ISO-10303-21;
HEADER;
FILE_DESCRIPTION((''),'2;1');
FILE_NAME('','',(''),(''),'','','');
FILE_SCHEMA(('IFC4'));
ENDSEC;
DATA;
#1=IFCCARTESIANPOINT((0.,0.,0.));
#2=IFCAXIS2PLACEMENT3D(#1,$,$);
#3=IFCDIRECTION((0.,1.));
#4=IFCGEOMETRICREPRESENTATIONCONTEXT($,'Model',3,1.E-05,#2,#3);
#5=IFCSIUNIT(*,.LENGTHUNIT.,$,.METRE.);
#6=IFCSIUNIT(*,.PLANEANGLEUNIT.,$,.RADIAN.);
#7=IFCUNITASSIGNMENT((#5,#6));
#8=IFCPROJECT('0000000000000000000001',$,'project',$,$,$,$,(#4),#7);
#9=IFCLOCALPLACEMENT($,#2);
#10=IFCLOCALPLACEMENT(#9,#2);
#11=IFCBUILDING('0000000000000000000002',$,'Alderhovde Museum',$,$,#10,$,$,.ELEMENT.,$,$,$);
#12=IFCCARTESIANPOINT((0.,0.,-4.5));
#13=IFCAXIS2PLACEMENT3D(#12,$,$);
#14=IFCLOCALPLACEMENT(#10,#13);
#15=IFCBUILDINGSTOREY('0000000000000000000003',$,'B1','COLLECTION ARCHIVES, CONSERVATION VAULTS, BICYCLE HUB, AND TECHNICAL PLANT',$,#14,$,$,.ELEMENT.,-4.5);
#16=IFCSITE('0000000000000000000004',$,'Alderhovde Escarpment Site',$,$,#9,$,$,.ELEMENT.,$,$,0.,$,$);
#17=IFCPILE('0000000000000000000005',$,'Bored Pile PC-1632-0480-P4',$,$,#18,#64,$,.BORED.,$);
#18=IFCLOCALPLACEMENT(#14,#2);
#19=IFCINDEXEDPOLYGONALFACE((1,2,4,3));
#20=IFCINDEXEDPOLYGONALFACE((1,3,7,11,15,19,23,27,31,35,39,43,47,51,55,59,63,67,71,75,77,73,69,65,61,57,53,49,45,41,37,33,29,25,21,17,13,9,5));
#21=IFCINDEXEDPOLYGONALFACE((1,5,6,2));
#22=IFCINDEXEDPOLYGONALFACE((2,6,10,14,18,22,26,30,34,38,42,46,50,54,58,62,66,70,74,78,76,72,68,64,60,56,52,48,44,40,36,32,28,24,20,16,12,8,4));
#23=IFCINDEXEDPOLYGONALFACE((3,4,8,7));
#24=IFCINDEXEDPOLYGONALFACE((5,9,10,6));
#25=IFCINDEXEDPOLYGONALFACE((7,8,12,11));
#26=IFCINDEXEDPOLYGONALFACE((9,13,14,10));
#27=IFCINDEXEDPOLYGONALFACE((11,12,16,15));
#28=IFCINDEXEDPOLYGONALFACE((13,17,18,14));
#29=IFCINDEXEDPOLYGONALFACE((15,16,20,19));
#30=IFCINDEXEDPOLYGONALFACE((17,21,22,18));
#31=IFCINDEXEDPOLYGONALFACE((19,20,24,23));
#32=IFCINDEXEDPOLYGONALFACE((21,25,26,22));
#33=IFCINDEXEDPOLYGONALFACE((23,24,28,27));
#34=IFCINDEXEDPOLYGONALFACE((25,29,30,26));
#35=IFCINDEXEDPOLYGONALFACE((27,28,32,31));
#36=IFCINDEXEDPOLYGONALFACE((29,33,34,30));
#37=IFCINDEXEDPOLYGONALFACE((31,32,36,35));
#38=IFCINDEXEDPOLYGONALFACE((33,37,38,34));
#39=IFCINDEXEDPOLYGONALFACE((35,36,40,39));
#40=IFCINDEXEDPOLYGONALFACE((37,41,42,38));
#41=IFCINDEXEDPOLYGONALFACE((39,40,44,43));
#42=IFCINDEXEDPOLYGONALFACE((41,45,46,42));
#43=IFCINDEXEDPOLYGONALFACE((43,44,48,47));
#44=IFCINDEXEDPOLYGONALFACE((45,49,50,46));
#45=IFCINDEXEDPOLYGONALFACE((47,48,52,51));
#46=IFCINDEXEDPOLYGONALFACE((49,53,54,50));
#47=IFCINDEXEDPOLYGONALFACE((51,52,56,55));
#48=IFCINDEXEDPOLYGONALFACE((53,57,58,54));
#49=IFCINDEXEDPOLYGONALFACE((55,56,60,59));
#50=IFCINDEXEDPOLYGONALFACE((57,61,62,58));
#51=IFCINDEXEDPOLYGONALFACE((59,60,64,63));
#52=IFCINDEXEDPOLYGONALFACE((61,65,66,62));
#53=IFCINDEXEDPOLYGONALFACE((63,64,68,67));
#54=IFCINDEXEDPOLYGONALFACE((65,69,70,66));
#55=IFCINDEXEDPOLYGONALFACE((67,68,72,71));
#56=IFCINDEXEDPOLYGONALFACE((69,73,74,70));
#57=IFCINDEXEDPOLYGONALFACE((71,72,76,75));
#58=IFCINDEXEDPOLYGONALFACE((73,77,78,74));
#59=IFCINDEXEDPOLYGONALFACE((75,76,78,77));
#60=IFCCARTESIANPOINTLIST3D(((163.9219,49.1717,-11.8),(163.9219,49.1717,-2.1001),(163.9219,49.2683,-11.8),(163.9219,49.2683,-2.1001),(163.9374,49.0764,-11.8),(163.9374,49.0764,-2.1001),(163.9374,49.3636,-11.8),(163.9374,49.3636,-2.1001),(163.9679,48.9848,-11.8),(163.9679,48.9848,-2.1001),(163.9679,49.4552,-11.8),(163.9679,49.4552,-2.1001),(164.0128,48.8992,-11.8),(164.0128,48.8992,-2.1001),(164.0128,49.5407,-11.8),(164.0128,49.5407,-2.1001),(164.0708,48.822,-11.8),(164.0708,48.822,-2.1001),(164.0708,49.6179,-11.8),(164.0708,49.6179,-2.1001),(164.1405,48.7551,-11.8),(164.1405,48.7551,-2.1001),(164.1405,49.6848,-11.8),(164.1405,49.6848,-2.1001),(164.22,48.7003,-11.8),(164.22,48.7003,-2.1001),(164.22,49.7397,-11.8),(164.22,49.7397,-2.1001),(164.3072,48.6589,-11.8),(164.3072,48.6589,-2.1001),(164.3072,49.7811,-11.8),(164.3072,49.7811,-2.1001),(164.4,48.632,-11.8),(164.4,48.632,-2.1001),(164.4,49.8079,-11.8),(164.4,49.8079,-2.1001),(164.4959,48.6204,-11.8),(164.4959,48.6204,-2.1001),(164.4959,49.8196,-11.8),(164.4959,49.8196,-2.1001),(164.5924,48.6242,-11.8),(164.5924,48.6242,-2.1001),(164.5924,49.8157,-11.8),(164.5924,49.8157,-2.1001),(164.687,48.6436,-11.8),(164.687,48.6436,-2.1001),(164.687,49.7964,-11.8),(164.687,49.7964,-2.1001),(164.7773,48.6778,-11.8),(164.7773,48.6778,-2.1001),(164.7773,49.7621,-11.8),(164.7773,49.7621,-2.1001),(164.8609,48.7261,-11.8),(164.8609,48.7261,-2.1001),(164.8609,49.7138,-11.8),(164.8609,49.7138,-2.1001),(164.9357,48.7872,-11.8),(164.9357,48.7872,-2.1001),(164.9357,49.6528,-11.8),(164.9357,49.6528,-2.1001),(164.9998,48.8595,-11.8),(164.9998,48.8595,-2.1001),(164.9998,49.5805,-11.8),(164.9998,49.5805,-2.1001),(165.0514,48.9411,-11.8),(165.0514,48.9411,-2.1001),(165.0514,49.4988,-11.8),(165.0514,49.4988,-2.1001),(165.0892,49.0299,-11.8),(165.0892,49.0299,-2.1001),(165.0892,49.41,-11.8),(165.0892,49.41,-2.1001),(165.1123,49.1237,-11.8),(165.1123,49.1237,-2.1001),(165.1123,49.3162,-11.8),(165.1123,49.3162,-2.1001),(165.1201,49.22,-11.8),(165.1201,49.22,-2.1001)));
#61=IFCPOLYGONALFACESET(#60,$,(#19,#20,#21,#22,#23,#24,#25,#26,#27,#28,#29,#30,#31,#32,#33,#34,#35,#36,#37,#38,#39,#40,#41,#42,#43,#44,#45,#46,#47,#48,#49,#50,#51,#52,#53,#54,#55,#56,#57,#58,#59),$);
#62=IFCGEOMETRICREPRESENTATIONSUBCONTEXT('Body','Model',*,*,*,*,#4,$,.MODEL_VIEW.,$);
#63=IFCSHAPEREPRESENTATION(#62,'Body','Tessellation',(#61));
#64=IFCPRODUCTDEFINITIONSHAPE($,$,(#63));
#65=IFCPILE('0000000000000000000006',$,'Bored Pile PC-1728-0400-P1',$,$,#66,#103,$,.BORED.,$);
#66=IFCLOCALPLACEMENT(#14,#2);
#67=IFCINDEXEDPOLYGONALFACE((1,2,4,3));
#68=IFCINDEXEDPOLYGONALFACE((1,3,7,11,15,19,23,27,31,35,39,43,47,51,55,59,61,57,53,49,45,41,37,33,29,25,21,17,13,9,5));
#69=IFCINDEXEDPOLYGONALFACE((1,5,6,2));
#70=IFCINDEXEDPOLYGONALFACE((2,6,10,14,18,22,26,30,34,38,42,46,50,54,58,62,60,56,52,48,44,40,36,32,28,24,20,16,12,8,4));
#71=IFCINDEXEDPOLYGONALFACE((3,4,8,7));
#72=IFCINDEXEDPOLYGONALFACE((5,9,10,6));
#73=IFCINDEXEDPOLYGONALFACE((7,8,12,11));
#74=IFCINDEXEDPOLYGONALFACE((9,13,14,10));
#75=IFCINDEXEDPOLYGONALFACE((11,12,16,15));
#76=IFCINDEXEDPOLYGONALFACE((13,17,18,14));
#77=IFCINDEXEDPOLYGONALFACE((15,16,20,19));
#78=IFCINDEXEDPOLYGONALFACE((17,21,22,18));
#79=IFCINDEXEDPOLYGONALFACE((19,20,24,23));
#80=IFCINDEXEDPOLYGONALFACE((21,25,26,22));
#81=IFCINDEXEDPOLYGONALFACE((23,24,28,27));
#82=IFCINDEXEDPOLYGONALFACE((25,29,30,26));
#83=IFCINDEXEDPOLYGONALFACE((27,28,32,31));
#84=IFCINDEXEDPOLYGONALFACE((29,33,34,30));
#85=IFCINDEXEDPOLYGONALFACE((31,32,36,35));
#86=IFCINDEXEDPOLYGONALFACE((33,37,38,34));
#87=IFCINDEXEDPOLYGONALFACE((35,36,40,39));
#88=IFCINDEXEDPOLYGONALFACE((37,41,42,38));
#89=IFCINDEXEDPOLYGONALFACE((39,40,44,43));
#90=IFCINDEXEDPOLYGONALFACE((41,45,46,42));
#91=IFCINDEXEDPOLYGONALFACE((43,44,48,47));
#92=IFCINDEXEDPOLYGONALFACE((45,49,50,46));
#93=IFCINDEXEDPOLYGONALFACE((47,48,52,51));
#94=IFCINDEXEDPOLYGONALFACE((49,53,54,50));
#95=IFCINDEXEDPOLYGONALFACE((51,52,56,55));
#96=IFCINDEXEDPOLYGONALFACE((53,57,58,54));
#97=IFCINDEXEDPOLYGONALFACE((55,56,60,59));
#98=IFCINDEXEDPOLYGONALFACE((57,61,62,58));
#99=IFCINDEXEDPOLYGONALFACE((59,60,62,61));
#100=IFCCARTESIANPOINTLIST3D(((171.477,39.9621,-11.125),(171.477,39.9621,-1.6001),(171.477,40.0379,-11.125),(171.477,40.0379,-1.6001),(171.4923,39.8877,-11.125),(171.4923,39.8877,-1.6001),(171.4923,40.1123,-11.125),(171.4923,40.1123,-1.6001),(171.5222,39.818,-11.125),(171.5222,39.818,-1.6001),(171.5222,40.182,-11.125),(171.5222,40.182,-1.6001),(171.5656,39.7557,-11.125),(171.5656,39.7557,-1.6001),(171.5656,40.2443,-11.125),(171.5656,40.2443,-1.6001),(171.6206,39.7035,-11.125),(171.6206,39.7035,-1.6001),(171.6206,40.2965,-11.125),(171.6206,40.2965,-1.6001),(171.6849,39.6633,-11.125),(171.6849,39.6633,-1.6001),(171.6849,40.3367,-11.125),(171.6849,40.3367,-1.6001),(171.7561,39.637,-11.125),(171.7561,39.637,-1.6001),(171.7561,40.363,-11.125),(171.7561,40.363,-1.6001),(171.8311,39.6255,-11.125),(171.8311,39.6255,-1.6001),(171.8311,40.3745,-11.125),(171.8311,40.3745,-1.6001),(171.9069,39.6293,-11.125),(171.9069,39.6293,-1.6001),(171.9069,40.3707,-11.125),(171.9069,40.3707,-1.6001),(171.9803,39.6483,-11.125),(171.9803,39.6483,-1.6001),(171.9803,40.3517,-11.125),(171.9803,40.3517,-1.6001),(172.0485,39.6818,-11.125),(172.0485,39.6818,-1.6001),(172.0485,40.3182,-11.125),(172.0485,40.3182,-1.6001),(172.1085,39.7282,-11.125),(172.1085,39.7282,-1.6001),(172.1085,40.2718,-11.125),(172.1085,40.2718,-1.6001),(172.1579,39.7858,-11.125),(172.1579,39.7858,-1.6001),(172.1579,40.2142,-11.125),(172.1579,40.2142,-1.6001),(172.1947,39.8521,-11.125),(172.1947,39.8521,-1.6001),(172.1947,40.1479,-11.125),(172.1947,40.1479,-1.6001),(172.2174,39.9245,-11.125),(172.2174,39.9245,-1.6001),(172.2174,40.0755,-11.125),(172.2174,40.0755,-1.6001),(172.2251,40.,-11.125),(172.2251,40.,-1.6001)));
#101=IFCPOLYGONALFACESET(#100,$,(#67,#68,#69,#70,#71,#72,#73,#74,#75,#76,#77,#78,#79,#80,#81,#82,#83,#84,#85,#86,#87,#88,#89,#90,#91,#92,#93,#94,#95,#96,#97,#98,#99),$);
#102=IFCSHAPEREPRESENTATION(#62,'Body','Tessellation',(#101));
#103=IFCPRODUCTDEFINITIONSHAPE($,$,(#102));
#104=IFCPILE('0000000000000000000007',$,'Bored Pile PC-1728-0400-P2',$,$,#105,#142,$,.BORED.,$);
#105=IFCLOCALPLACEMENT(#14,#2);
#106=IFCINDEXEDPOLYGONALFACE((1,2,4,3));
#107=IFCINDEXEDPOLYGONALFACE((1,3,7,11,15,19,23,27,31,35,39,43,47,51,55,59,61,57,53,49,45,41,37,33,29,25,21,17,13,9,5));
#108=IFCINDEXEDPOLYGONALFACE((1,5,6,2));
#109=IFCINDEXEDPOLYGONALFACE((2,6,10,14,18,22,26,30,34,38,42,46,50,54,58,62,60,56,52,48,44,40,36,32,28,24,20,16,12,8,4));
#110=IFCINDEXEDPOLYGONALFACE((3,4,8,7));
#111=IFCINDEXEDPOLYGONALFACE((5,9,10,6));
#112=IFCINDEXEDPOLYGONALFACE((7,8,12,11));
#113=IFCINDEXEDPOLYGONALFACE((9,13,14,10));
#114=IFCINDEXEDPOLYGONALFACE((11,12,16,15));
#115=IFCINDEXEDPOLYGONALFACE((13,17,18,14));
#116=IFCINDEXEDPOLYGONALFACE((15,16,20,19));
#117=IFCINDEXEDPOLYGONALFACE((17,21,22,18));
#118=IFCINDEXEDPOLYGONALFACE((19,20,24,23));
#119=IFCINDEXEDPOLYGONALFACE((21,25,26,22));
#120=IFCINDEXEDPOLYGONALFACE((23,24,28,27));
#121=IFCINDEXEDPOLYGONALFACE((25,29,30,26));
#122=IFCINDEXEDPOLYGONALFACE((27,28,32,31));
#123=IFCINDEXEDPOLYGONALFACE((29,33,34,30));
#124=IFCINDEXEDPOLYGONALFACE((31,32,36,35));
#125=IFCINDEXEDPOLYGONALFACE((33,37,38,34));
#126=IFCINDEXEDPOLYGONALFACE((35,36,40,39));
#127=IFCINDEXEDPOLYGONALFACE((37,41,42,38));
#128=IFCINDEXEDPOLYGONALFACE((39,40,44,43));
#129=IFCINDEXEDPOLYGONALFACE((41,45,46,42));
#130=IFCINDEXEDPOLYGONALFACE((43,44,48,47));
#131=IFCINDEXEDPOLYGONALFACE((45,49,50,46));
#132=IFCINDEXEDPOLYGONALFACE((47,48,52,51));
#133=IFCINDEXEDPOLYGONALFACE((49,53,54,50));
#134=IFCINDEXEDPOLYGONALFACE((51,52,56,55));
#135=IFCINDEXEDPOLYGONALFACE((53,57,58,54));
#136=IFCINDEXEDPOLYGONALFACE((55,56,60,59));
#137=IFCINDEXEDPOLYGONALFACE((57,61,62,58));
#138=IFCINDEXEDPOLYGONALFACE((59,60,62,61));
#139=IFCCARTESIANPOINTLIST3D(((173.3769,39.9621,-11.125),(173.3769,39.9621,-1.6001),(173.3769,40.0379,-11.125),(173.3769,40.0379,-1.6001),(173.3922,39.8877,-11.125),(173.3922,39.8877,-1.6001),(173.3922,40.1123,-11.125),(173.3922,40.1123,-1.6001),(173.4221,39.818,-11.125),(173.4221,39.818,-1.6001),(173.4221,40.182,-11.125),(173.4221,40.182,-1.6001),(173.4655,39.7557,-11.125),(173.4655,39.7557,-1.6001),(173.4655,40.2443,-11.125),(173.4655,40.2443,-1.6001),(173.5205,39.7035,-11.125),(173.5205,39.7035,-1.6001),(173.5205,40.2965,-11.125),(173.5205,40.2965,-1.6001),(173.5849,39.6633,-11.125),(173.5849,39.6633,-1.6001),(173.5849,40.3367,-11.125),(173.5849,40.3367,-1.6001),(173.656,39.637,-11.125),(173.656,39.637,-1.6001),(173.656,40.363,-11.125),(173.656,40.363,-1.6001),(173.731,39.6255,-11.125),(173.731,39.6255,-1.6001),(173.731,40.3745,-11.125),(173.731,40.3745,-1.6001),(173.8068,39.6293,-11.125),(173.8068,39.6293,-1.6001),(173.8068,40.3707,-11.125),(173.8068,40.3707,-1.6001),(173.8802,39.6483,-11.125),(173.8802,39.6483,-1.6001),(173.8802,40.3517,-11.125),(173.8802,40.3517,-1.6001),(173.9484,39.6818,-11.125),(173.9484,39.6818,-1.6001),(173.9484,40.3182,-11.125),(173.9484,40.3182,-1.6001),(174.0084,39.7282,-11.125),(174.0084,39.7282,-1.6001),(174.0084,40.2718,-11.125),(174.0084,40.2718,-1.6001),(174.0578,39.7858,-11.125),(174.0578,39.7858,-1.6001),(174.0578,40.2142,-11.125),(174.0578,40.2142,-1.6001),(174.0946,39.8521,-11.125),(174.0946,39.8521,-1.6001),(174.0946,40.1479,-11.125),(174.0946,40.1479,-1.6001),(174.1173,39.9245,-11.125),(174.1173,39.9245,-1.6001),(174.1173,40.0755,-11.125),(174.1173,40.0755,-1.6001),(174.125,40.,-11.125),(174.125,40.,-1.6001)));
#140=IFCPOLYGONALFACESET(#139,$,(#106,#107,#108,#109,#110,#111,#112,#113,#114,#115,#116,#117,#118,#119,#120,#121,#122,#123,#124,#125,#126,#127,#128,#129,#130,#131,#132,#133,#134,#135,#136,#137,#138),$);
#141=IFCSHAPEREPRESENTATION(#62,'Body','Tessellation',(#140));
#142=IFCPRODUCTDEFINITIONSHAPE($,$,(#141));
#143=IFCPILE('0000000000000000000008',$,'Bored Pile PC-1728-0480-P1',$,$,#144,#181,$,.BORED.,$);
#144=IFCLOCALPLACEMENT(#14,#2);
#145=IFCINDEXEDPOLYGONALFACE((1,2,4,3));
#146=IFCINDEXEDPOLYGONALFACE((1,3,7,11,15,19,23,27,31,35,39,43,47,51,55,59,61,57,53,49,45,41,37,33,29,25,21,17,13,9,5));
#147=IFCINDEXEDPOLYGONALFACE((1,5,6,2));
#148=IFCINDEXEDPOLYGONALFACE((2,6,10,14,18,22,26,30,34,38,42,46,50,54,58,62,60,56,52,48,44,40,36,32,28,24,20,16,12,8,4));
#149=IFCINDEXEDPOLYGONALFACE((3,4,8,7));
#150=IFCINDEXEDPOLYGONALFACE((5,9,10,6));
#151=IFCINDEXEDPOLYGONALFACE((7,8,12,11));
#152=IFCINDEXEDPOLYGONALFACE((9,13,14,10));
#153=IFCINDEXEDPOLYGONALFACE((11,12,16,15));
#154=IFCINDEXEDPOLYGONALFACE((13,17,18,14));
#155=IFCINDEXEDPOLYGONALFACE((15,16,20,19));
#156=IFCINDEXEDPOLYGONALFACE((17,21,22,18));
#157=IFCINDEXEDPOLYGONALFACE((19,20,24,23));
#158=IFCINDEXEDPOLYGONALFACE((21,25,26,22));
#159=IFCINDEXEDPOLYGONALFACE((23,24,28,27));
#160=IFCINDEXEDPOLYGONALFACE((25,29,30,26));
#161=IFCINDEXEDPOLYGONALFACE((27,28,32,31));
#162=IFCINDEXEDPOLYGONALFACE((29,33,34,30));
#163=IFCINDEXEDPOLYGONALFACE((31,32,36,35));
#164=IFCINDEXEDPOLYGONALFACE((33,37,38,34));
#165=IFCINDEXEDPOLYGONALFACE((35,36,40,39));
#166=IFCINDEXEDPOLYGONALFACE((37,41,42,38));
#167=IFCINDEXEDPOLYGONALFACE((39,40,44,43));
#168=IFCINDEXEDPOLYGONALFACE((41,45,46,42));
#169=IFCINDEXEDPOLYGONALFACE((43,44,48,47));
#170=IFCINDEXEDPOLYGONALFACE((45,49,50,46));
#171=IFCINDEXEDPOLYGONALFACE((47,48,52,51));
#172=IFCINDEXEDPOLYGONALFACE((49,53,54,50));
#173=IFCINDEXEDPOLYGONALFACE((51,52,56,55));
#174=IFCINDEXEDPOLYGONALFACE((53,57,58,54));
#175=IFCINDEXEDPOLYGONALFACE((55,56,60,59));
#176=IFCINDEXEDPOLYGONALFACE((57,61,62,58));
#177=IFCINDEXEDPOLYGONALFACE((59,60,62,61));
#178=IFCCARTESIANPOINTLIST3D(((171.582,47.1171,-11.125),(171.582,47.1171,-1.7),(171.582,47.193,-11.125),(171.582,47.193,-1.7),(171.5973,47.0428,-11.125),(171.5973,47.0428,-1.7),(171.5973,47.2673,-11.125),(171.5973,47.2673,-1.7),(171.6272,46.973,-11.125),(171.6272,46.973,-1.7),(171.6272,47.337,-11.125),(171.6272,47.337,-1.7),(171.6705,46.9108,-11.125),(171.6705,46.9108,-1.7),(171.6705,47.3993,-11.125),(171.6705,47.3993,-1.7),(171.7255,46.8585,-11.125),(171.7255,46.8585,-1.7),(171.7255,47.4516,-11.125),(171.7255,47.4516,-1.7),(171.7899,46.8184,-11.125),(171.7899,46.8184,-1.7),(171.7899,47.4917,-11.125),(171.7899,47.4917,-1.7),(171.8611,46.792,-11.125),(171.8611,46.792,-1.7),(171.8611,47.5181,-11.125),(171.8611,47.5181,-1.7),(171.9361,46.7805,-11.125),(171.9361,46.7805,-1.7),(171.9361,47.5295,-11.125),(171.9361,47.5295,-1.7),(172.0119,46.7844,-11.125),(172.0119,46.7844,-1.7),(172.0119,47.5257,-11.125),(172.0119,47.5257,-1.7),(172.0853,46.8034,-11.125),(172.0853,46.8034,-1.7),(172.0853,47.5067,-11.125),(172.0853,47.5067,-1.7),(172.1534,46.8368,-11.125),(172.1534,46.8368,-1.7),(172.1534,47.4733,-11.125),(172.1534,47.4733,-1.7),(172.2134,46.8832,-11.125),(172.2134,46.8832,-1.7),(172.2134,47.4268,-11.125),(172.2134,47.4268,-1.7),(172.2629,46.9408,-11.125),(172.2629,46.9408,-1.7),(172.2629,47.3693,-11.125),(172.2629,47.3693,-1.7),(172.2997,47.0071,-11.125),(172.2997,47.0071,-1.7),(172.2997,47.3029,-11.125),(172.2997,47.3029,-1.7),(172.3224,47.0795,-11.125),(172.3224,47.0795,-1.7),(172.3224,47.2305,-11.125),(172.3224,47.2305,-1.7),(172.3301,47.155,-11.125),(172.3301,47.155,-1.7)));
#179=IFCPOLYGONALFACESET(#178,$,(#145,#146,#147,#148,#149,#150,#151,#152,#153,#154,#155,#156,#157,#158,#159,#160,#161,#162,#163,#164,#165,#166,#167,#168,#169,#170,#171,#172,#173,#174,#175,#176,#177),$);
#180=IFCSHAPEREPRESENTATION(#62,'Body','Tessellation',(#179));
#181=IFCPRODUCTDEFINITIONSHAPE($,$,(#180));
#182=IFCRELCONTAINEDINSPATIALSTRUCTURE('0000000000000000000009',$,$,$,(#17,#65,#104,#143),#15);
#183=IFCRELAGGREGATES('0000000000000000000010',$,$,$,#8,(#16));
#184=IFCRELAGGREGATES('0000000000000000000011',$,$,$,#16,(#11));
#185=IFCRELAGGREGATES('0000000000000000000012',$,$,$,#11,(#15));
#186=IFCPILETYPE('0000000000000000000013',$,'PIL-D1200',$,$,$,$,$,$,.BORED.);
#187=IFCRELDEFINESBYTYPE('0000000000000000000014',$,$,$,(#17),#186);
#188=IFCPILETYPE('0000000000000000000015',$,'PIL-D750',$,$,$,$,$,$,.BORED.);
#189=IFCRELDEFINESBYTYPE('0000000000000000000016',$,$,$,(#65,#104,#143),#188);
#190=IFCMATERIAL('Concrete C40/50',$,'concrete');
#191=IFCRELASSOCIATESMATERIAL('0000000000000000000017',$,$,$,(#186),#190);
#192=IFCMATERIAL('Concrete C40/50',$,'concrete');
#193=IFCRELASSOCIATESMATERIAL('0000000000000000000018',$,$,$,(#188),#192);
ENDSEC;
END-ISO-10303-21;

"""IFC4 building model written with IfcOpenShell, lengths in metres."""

from ifc_helpers import new_model, si_unit, direction, frame, origin, origin_2d, place, context, subcontext, project, spatial, circle, extrude, material, material_profile, profile_set, type_object, element, save


model = new_model("IFC4")

# Units and contexts
model_context = context("Model", 3, precision=1e-05, world=origin(), true_north=direction((0.0, 1.0)))
body_context = subcontext(model_context, "Body", "Model", "MODEL_VIEW")
ifc_project = project(units=[si_unit("LENGTHUNIT", "METRE"), si_unit("PLANEANGLEUNIT", "RADIAN")], contexts=[model_context])

# Site, building, storey
site_placement = place(None, origin())
site = spatial("IfcSite", under=ifc_project, at=site_placement, Name="Alderhovde Escarpment Site", CompositionType="ELEMENT", RefElevation=0.0)
building_placement = place(site_placement, origin())
building = spatial("IfcBuilding", under=site, at=building_placement, Name="Alderhovde Museum", CompositionType="ELEMENT")
storey_placement = place(building_placement, frame((0.0, 0.0, -4.5)))
storey = spatial("IfcBuildingStorey", under=building, at=storey_placement, Name="B1", Description="COLLECTION ARCHIVES, CONSERVATION VAULTS, BICYCLE HUB, AND TECHNICAL PLANT", CompositionType="ELEMENT", Elevation=-4.5)

# Piles
ifc_material_1 = material(Name="Concrete C40/50", Category="concrete")
ifc_material_profile_1 = material_profile(ifc_material_1, circle(Radius=0.6001, at=origin_2d()), Name="PILE-D1200")
ifc_profile_set_1 = profile_set([ifc_material_profile_1], Name="Concrete C40/50")
pile_type_1 = type_object("IfcPileType", Name="PIL-D1200", PredefinedType="BORED", material=ifc_profile_set_1)
for number, where, z_axis, x_axis, name in (
    (1, (164.52, 49.22, -2.1001), (0.0, 0.0, -1.0), (1.0, 0.0, 0.0), "Bored Pile PC-1632-0480-P4"),
):
    element("IfcPile", number, at=place(storey_placement, frame(where, z_axis=z_axis, x_axis=x_axis)), inside=storey, type_object=pile_type_1, Name=name, PredefinedType="BORED", context=body_context, shape_type="SweptSolid", body=[
        extrude(circle(Radius=0.6001, at=origin_2d()), origin(), (0.0, 0.0, 1.0), 9.7),
    ])
ifc_material_2 = material(Name="Concrete C40/50", Category="concrete")
ifc_material_profile_2 = material_profile(ifc_material_2, circle(Radius=0.375, at=origin_2d()), Name="PILE-D750")
ifc_profile_set_2 = profile_set([ifc_material_profile_2], Name="Concrete C40/50")
pile_type_2 = type_object("IfcPileType", Name="PIL-D750", PredefinedType="BORED", material=ifc_profile_set_2)
for number, where, z_axis, x_axis, name in (
    (2, (171.8501, 40.0, -1.6001), (0.0, 0.0, -1.0), (1.0, 0.0, 0.0), "Bored Pile PC-1728-0400-P1"),
    (3, (173.75, 40.0, -1.6001), (0.0, 0.0, -1.0), (1.0, 0.0, 0.0), "Bored Pile PC-1728-0400-P2"),
):
    element("IfcPile", number, at=place(storey_placement, frame(where, z_axis=z_axis, x_axis=x_axis)), inside=storey, type_object=pile_type_2, Name=name, PredefinedType="BORED", context=body_context, shape_type="SweptSolid", body=[
        extrude(circle(Radius=0.375, at=origin_2d()), origin(), (0.0, 0.0, 1.0), 9.5249),
    ])
for number, where, z_axis, x_axis, name in (
    (4, (171.9551, 47.155, -1.7), (0.0, 0.0, -1.0), (1.0, 0.0, 0.0), "Bored Pile PC-1728-0480-P1"),
):
    element("IfcPile", number, at=place(storey_placement, frame(where, z_axis=z_axis, x_axis=x_axis)), inside=storey, type_object=pile_type_2, Name=name, PredefinedType="BORED", context=body_context, shape_type="SweptSolid", body=[
        extrude(circle(Radius=0.375, at=origin_2d()), origin(), (0.0, 0.0, 1.0), 9.425),
    ])

save(model, "model.ifc")
